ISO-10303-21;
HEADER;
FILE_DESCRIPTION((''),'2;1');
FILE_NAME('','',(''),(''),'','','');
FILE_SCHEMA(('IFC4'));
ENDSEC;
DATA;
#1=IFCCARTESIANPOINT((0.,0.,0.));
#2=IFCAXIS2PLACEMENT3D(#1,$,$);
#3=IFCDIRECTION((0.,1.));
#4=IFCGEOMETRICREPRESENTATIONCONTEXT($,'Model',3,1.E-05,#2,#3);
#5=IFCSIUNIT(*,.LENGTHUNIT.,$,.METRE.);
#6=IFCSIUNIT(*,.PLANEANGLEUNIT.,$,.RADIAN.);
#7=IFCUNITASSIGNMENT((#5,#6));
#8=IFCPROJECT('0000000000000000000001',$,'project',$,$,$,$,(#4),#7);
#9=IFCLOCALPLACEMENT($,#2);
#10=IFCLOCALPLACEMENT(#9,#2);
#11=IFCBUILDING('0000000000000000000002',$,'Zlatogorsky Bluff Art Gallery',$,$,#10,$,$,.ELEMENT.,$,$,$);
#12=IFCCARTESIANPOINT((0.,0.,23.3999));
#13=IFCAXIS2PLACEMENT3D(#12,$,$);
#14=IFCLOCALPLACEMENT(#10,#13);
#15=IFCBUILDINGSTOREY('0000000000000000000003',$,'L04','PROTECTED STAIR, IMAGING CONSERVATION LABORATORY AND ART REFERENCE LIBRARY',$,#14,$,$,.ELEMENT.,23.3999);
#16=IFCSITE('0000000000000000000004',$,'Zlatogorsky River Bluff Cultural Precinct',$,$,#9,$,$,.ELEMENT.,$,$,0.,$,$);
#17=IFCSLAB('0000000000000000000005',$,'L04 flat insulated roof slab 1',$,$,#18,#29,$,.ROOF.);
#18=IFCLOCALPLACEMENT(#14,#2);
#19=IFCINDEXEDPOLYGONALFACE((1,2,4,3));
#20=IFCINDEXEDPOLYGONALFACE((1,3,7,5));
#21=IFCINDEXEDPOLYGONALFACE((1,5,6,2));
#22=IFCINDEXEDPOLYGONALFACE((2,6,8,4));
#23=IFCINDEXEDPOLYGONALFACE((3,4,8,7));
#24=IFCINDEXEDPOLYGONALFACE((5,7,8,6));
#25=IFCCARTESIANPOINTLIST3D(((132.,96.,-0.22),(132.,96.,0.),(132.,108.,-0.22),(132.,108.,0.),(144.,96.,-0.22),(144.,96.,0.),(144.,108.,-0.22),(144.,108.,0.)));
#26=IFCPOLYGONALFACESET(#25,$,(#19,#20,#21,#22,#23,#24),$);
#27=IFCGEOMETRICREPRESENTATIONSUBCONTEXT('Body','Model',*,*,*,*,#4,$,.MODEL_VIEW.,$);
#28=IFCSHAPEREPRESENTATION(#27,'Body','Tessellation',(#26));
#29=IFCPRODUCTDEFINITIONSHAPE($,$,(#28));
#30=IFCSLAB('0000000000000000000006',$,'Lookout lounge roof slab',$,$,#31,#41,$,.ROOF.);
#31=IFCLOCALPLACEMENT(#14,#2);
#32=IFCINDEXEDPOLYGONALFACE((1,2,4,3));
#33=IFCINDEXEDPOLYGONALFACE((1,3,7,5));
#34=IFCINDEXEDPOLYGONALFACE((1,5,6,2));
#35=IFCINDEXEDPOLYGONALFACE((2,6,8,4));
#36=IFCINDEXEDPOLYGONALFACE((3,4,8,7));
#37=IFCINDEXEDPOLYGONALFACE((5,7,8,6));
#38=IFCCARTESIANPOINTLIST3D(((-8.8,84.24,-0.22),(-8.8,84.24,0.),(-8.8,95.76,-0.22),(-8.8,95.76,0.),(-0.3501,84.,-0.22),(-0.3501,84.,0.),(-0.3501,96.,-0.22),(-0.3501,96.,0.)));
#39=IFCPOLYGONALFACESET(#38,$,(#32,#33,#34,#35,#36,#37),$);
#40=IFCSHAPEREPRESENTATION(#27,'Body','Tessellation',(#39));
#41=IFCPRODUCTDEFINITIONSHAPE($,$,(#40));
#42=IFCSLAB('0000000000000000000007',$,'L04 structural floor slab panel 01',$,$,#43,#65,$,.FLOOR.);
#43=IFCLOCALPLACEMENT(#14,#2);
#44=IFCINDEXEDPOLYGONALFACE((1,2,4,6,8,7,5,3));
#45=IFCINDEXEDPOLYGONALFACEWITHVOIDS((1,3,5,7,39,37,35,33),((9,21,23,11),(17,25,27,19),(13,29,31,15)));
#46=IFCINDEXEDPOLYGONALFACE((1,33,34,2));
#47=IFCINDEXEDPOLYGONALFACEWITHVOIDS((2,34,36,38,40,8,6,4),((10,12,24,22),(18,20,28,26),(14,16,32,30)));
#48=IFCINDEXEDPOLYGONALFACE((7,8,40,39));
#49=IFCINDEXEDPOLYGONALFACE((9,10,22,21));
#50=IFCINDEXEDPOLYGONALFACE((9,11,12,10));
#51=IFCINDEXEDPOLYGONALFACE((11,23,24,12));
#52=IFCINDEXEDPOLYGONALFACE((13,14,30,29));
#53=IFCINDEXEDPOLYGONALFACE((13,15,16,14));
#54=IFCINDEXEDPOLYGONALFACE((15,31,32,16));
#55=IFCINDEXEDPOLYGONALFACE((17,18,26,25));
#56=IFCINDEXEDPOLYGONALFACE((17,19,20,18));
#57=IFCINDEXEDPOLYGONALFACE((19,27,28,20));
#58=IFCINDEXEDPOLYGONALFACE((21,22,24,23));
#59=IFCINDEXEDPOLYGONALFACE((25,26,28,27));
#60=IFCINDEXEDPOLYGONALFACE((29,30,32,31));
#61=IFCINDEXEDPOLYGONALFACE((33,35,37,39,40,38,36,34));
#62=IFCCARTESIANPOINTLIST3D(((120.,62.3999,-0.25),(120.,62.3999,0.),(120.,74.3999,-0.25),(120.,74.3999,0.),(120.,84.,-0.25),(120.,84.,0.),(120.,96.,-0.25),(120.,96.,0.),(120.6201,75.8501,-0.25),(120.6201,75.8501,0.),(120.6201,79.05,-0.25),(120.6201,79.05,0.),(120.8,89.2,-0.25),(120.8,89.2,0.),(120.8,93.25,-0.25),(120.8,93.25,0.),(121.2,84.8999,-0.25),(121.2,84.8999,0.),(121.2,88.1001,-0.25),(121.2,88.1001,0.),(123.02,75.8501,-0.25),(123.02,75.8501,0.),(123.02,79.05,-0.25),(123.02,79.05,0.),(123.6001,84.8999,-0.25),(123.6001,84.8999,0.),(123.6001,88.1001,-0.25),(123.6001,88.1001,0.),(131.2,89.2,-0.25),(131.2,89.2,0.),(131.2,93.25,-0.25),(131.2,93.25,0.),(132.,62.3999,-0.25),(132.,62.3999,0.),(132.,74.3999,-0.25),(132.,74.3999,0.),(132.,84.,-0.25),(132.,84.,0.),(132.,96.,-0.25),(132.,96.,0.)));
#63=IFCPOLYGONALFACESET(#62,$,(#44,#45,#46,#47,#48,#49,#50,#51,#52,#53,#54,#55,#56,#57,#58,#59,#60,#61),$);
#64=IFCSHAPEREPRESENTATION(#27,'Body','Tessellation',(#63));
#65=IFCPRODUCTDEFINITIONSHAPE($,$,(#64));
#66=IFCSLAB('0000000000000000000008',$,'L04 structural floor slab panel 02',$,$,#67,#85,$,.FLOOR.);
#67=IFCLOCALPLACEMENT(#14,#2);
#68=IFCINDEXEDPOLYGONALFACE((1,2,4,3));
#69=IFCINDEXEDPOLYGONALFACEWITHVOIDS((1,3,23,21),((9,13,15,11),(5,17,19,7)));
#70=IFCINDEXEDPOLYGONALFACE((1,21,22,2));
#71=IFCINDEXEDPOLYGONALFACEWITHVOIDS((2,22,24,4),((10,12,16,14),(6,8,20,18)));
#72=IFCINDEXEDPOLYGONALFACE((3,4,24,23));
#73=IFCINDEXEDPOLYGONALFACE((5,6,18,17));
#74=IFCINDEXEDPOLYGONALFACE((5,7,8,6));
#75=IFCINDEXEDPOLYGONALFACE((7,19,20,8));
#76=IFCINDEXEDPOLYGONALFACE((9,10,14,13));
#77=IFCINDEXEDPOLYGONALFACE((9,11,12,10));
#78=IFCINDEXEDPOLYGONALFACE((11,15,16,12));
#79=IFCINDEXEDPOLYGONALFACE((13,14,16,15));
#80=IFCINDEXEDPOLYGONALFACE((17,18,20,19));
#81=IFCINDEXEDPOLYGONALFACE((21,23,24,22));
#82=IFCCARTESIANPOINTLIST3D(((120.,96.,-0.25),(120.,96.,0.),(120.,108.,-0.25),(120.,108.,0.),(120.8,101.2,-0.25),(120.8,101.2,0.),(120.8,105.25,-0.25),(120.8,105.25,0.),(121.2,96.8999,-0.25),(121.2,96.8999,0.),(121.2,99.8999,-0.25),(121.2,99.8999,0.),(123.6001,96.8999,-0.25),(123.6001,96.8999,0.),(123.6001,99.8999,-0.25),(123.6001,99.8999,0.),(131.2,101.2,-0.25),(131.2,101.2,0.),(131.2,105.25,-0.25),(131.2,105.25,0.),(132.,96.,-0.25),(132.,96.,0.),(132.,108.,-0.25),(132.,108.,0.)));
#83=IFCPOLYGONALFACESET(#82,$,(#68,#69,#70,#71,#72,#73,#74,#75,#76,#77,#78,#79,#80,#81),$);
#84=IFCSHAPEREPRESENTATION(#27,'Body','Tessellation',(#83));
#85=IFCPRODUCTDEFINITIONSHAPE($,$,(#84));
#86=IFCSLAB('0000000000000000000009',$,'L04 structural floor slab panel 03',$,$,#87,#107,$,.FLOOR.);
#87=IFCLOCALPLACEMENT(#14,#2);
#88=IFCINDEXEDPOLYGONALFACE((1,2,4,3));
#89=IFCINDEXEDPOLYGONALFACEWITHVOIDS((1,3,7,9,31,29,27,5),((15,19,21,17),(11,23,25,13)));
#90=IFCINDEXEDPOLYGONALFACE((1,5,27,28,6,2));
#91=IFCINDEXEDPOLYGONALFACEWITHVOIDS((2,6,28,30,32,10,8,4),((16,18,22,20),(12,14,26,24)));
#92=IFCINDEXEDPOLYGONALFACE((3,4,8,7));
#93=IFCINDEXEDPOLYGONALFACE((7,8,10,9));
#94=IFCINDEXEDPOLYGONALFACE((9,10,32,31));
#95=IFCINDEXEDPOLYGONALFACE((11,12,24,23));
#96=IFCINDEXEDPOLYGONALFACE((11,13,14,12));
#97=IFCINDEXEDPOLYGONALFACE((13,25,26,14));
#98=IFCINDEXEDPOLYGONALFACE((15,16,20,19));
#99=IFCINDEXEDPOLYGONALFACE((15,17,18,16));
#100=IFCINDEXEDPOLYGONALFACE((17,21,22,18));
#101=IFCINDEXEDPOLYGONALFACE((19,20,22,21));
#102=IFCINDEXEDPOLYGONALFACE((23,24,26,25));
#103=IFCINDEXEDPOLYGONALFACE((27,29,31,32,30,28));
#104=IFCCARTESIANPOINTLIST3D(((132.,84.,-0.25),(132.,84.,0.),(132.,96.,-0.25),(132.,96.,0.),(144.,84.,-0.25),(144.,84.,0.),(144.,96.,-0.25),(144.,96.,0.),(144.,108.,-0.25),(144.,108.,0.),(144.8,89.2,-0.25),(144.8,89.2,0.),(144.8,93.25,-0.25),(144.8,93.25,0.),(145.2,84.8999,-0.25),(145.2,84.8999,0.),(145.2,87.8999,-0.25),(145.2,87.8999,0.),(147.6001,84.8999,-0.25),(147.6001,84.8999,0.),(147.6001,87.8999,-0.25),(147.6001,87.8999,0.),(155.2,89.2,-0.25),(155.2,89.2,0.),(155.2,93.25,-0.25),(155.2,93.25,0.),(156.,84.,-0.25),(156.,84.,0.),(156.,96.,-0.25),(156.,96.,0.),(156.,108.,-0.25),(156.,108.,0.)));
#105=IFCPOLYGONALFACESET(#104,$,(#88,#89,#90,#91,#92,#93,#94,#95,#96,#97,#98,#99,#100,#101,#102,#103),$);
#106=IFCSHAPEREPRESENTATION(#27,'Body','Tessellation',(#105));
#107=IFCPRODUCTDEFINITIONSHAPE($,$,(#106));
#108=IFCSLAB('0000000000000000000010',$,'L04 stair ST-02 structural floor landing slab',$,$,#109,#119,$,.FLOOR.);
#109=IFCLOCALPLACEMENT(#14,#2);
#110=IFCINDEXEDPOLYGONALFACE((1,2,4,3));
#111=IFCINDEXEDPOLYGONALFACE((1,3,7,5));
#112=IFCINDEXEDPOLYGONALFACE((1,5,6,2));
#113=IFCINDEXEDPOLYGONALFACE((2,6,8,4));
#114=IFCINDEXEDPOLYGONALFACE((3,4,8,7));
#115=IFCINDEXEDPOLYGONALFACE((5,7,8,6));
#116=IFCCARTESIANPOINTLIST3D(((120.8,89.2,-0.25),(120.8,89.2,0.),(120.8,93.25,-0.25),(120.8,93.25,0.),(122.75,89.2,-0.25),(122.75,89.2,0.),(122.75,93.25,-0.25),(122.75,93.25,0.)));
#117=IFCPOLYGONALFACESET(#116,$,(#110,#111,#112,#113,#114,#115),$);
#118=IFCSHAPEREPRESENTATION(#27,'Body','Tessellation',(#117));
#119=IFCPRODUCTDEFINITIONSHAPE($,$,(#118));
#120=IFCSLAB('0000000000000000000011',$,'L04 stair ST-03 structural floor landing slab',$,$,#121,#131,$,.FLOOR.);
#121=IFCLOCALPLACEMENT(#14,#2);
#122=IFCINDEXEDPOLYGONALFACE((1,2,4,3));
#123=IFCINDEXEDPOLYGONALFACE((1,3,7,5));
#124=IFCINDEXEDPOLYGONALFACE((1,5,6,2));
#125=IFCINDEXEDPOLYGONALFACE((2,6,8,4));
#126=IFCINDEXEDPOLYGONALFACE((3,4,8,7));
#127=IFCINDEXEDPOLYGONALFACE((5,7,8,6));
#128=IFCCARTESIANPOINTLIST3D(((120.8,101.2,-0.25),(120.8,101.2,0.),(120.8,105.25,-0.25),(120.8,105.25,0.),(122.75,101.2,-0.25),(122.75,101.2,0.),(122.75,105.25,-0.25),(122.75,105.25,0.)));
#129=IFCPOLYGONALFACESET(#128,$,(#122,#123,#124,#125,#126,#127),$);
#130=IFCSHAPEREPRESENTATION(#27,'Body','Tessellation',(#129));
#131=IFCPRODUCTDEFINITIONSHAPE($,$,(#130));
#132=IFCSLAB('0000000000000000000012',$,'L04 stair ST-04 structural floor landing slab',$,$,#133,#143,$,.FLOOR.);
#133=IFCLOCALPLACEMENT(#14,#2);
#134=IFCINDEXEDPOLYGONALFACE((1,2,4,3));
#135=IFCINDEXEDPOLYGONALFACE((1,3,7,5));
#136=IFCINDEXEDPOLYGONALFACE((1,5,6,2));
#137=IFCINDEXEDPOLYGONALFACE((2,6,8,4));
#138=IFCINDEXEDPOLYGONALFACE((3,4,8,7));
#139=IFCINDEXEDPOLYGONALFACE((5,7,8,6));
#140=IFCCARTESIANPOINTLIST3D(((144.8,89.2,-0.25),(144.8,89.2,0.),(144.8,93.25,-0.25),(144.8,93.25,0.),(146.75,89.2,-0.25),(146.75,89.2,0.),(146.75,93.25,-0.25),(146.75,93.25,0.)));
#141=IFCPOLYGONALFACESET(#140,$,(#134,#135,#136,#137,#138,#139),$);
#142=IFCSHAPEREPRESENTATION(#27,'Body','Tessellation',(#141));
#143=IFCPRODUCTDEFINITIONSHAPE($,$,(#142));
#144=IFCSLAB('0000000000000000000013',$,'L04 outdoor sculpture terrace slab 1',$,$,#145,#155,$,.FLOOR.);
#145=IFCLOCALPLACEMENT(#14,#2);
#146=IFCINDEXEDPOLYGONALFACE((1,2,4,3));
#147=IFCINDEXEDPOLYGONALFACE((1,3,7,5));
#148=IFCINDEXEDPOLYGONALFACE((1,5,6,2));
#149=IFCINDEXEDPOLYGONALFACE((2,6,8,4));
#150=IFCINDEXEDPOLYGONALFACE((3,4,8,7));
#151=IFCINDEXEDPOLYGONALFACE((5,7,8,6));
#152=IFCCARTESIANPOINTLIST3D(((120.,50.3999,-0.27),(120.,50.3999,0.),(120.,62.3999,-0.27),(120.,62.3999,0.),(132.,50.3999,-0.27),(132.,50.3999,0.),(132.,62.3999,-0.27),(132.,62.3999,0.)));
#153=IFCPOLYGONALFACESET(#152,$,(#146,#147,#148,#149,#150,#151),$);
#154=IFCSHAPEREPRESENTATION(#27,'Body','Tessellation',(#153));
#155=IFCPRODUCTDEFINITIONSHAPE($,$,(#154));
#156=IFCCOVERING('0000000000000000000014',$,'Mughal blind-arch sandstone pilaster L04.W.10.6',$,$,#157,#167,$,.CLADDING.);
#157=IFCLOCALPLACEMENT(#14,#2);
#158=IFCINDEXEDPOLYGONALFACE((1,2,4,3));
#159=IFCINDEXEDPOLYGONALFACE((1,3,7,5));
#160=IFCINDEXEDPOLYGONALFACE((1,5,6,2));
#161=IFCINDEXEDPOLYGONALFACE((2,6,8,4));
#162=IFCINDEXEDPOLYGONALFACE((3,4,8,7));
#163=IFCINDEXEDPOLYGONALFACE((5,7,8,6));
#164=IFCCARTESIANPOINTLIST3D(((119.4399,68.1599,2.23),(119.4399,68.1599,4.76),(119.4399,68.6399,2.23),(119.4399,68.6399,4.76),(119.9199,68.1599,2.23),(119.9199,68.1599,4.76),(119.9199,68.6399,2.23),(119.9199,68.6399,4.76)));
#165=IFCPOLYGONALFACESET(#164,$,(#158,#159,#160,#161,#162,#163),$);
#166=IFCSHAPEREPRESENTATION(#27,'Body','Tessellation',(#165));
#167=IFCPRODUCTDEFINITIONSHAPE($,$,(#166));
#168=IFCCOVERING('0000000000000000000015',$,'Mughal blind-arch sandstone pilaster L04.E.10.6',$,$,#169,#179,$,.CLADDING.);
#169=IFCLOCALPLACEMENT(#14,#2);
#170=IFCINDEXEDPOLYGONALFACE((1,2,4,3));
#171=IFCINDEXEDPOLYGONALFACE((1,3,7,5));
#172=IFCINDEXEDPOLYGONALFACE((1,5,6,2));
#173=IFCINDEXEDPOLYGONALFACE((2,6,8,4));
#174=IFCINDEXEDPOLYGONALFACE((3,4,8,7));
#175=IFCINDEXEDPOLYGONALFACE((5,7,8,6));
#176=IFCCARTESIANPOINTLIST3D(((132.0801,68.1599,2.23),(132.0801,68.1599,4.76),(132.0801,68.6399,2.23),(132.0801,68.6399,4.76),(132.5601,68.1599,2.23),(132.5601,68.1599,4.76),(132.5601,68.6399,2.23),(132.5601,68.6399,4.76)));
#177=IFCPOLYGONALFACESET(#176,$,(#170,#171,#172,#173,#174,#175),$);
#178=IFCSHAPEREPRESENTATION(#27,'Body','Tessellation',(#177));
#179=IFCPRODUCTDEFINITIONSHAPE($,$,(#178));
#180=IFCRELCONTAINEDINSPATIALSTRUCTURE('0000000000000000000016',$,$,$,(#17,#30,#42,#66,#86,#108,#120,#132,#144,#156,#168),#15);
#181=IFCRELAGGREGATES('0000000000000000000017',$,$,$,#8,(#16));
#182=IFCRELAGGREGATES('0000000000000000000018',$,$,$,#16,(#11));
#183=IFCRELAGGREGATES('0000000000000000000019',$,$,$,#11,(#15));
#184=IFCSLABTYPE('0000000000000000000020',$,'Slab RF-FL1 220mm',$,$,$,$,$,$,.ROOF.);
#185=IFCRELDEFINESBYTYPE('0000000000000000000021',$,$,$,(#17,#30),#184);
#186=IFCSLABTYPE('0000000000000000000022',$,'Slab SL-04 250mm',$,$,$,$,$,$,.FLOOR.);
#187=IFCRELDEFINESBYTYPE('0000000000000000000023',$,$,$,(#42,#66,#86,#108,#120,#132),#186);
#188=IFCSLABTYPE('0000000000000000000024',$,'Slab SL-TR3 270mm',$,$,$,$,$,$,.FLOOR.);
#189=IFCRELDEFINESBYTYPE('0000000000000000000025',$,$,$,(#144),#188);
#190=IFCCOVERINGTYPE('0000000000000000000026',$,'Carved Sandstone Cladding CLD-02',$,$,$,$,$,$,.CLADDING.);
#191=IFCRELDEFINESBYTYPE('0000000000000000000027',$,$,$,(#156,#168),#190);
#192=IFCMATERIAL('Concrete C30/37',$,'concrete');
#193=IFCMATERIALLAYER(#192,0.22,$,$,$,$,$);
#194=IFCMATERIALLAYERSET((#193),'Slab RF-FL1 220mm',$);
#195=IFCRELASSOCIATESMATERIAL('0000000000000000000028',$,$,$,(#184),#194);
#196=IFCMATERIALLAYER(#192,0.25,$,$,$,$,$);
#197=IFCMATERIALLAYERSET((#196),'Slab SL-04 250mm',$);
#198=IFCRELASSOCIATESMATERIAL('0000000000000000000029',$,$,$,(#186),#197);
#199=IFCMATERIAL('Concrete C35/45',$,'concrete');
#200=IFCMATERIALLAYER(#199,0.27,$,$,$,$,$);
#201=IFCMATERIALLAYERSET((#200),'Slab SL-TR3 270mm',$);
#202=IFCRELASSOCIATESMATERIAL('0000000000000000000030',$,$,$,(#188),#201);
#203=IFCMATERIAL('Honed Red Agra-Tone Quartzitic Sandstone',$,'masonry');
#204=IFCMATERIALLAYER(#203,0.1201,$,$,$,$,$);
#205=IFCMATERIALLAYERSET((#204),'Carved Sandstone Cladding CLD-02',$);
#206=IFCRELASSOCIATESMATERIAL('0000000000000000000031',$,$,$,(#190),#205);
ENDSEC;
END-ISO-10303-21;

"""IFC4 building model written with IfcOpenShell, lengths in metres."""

from ifc_helpers import new_model, si_unit, direction, frame, origin, place, context, subcontext, project, spatial, polyline, outline, extrude, material, layer, layer_set, type_object, element, save


model = new_model("IFC4")

# Units and contexts
model_context = context("Model", 3, precision=1e-05, world=origin(), true_north=direction((0.0, 1.0)))
body_context = subcontext(model_context, "Body", "Model", "MODEL_VIEW")
ifc_project = project(units=[si_unit("LENGTHUNIT", "METRE"), si_unit("PLANEANGLEUNIT", "RADIAN")], contexts=[model_context])

# Site, building, storey
site_placement = place(None, origin())
site = spatial("IfcSite", under=ifc_project, at=site_placement, Name="Zlatogorsky River Bluff Cultural Precinct", CompositionType="ELEMENT", RefElevation=0.0)
building_placement = place(site_placement, origin())
building = spatial("IfcBuilding", under=site, at=building_placement, Name="Zlatogorsky Bluff Art Gallery", CompositionType="ELEMENT")
storey_placement = place(building_placement, frame((0.0, 0.0, 23.3999)))
storey = spatial("IfcBuildingStorey", under=building, at=storey_placement, Name="L04", Description="PROTECTED STAIR, IMAGING CONSERVATION LABORATORY AND ART REFERENCE LIBRARY", CompositionType="ELEMENT", Elevation=23.3999)

# Slabs
ifc_material_1 = material(Name="Concrete C30/37", Category="concrete")
ifc_layer_1 = layer(ifc_material_1, 0.22)
ifc_layer_set_1 = layer_set([ifc_layer_1], Name="Slab RF-FL1 220mm")
slab_type_1 = type_object("IfcSlabType", Name="Slab RF-FL1 220mm", PredefinedType="ROOF", material=ifc_layer_set_1)
slab_1_placement = place(storey_placement, frame((0.0, 0.0, -0.22)))
element("IfcSlab", 1, at=slab_1_placement, inside=storey, type_object=slab_type_1, Name="L04 flat insulated roof slab 1", PredefinedType="ROOF", context=body_context, shape_type="SweptSolid", body=[
    extrude(outline(polyline([(144.0, 96.0), (144.0, 108.0), (132.0, 108.0), (132.0, 96.0), (144.0, 96.0)])), origin(), (0.0, 0.0, 1.0), 0.22),
])
slab_2_placement = place(storey_placement, frame((0.0, 0.0, -0.22)))
element("IfcSlab", 2, at=slab_2_placement, inside=storey, type_object=slab_type_1, Name="Lookout lounge roof slab", PredefinedType="ROOF", context=body_context, shape_type="SweptSolid", body=[
    extrude(outline(polyline([(-8.8, 84.24), (-0.3501, 84.0), (-0.3501, 96.0), (-8.8, 95.76), (-8.8, 84.24)])), origin(), (0.0, 0.0, 1.0), 0.22),
])
ifc_layer_2 = layer(ifc_material_1, 0.25)
ifc_layer_set_2 = layer_set([ifc_layer_2], Name="Slab SL-04 250mm")
slab_type_2 = type_object("IfcSlabType", Name="Slab SL-04 250mm", PredefinedType="FLOOR", material=ifc_layer_set_2)
slab_3_placement = place(storey_placement, frame((0.0, 0.0, -0.25)))
element("IfcSlab", 3, at=slab_3_placement, inside=storey, type_object=slab_type_2, Name="L04 structural floor slab panel 01", PredefinedType="FLOOR", context=body_context, shape_type="SweptSolid", body=[
    extrude(outline(polyline([(120.0, 62.3999), (120.0, 74.3999), (120.0, 84.0), (120.0, 96.0), (132.0, 96.0), (132.0, 84.0), (132.0, 74.3999), (132.0, 62.3999), (120.0, 62.3999)]), holes=[polyline([(120.6201, 75.8501), (123.02, 75.8501), (123.02, 79.05), (120.6201, 79.05), (120.6201, 75.8501)]), polyline([(121.2, 88.1001), (121.2, 84.8999), (123.6001, 84.8999), (123.6001, 88.1001), (121.2, 88.1001)]), polyline([(131.2, 93.25), (120.8, 93.25), (120.8, 89.2), (131.2, 89.2), (131.2, 93.25)])]), origin(), (0.0, 0.0, 1.0), 0.25),
])
slab_4_placement = place(storey_placement, frame((0.0, 0.0, -0.25)))
element("IfcSlab", 4, at=slab_4_placement, inside=storey, type_object=slab_type_2, Name="L04 structural floor slab panel 02", PredefinedType="FLOOR", context=body_context, shape_type="SweptSolid", body=[
    extrude(outline(polyline([(120.0, 96.0), (120.0, 108.0), (132.0, 108.0), (132.0, 96.0), (120.0, 96.0)]), holes=[polyline([(121.2, 99.8999), (121.2, 96.8999), (123.6001, 96.8999), (123.6001, 99.8999), (121.2, 99.8999)]), polyline([(131.2, 105.25), (120.8, 105.25), (120.8, 101.2), (131.2, 101.2), (131.2, 105.25)])]), origin(), (0.0, 0.0, 1.0), 0.25),
])
slab_5_placement = place(storey_placement, frame((0.0, 0.0, -0.25)))
element("IfcSlab", 5, at=slab_5_placement, inside=storey, type_object=slab_type_2, Name="L04 structural floor slab panel 03", PredefinedType="FLOOR", context=body_context, shape_type="SweptSolid", body=[
    extrude(outline(polyline([(132.0, 96.0), (144.0, 96.0), (144.0, 108.0), (156.0, 108.0), (156.0, 96.0), (156.0, 84.0), (144.0, 84.0), (132.0, 84.0), (132.0, 96.0)]), holes=[polyline([(145.2, 87.8999), (145.2, 84.8999), (147.6001, 84.8999), (147.6001, 87.8999), (145.2, 87.8999)]), polyline([(155.2, 93.25), (144.8, 93.25), (144.8, 89.2), (155.2, 89.2), (155.2, 93.25)])]), origin(), (0.0, 0.0, 1.0), 0.25),
])
slab_6_placement = place(storey_placement, frame((0.0, 0.0, -0.25)))
element("IfcSlab", 6, at=slab_6_placement, inside=storey, type_object=slab_type_2, Name="L04 stair ST-02 structural floor landing slab", PredefinedType="FLOOR", context=body_context, shape_type="SweptSolid", body=[
    extrude(outline(polyline([(120.8, 89.2), (122.75, 89.2), (122.75, 93.25), (120.8, 93.25), (120.8, 89.2)])), origin(), (0.0, 0.0, 1.0), 0.25),
])
slab_7_placement = place(storey_placement, frame((0.0, 0.0, -0.25)))
element("IfcSlab", 7, at=slab_7_placement, inside=storey, type_object=slab_type_2, Name="L04 stair ST-03 structural floor landing slab", PredefinedType="FLOOR", context=body_context, shape_type="SweptSolid", body=[
    extrude(outline(polyline([(120.8, 101.2), (122.75, 101.2), (122.75, 105.25), (120.8, 105.25), (120.8, 101.2)])), origin(), (0.0, 0.0, 1.0), 0.25),
])
slab_8_placement = place(storey_placement, frame((0.0, 0.0, -0.25)))
element("IfcSlab", 8, at=slab_8_placement, inside=storey, type_object=slab_type_2, Name="L04 stair ST-04 structural floor landing slab", PredefinedType="FLOOR", context=body_context, shape_type="SweptSolid", body=[
    extrude(outline(polyline([(144.8, 89.2), (146.75, 89.2), (146.75, 93.25), (144.8, 93.25), (144.8, 89.2)])), origin(), (0.0, 0.0, 1.0), 0.25),
])
ifc_material_2 = material(Name="Concrete C35/45", Category="concrete")
ifc_layer_3 = layer(ifc_material_2, 0.27)
ifc_layer_set_3 = layer_set([ifc_layer_3], Name="Slab SL-TR3 270mm")
slab_type_3 = type_object("IfcSlabType", Name="Slab SL-TR3 270mm", PredefinedType="FLOOR", material=ifc_layer_set_3)
slab_9_placement = place(storey_placement, frame((0.0, 0.0, -0.27)))
element("IfcSlab", 9, at=slab_9_placement, inside=storey, type_object=slab_type_3, Name="L04 outdoor sculpture terrace slab 1", PredefinedType="FLOOR", context=body_context, shape_type="SweptSolid", body=[
    extrude(outline(polyline([(132.0, 50.3999), (132.0, 62.3999), (120.0, 62.3999), (120.0, 50.3999), (132.0, 50.3999)])), origin(), (0.0, 0.0, 1.0), 0.27),
])

# Coverings
ifc_material_3 = material(Name="Honed Red Agra-Tone Quartzitic Sandstone", Category="masonry")
ifc_layer_4 = layer(ifc_material_3, 0.1201)
ifc_layer_set_4 = layer_set([ifc_layer_4], Name="Carved Sandstone Cladding CLD-02")
covering_type = type_object("IfcCoveringType", Name="Carved Sandstone Cladding CLD-02", PredefinedType="CLADDING", material=ifc_layer_set_4)
covering_1_placement = place(storey_placement, frame((0.0, 0.0, 2.23)))
element("IfcCovering", 10, at=covering_1_placement, inside=storey, type_object=covering_type, Name="Mughal blind-arch sandstone pilaster L04.W.10.6", PredefinedType="CLADDING", context=body_context, shape_type="SweptSolid", body=[
    extrude(outline(polyline([(119.4399, 68.1599), (119.9199, 68.1599), (119.9199, 68.6399), (119.4399, 68.6399), (119.4399, 68.1599)])), origin(), (0.0, 0.0, 1.0), 2.53),
])
covering_2_placement = place(storey_placement, frame((0.0, 0.0, 2.23)))
element("IfcCovering", 11, at=covering_2_placement, inside=storey, type_object=covering_type, Name="Mughal blind-arch sandstone pilaster L04.E.10.6", PredefinedType="CLADDING", context=body_context, shape_type="SweptSolid", body=[
    extrude(outline(polyline([(132.0801, 68.1599), (132.5601, 68.1599), (132.5601, 68.6399), (132.0801, 68.6399), (132.0801, 68.1599)])), origin(), (0.0, 0.0, 1.0), 2.53),
])

save(model, "model.ifc")
